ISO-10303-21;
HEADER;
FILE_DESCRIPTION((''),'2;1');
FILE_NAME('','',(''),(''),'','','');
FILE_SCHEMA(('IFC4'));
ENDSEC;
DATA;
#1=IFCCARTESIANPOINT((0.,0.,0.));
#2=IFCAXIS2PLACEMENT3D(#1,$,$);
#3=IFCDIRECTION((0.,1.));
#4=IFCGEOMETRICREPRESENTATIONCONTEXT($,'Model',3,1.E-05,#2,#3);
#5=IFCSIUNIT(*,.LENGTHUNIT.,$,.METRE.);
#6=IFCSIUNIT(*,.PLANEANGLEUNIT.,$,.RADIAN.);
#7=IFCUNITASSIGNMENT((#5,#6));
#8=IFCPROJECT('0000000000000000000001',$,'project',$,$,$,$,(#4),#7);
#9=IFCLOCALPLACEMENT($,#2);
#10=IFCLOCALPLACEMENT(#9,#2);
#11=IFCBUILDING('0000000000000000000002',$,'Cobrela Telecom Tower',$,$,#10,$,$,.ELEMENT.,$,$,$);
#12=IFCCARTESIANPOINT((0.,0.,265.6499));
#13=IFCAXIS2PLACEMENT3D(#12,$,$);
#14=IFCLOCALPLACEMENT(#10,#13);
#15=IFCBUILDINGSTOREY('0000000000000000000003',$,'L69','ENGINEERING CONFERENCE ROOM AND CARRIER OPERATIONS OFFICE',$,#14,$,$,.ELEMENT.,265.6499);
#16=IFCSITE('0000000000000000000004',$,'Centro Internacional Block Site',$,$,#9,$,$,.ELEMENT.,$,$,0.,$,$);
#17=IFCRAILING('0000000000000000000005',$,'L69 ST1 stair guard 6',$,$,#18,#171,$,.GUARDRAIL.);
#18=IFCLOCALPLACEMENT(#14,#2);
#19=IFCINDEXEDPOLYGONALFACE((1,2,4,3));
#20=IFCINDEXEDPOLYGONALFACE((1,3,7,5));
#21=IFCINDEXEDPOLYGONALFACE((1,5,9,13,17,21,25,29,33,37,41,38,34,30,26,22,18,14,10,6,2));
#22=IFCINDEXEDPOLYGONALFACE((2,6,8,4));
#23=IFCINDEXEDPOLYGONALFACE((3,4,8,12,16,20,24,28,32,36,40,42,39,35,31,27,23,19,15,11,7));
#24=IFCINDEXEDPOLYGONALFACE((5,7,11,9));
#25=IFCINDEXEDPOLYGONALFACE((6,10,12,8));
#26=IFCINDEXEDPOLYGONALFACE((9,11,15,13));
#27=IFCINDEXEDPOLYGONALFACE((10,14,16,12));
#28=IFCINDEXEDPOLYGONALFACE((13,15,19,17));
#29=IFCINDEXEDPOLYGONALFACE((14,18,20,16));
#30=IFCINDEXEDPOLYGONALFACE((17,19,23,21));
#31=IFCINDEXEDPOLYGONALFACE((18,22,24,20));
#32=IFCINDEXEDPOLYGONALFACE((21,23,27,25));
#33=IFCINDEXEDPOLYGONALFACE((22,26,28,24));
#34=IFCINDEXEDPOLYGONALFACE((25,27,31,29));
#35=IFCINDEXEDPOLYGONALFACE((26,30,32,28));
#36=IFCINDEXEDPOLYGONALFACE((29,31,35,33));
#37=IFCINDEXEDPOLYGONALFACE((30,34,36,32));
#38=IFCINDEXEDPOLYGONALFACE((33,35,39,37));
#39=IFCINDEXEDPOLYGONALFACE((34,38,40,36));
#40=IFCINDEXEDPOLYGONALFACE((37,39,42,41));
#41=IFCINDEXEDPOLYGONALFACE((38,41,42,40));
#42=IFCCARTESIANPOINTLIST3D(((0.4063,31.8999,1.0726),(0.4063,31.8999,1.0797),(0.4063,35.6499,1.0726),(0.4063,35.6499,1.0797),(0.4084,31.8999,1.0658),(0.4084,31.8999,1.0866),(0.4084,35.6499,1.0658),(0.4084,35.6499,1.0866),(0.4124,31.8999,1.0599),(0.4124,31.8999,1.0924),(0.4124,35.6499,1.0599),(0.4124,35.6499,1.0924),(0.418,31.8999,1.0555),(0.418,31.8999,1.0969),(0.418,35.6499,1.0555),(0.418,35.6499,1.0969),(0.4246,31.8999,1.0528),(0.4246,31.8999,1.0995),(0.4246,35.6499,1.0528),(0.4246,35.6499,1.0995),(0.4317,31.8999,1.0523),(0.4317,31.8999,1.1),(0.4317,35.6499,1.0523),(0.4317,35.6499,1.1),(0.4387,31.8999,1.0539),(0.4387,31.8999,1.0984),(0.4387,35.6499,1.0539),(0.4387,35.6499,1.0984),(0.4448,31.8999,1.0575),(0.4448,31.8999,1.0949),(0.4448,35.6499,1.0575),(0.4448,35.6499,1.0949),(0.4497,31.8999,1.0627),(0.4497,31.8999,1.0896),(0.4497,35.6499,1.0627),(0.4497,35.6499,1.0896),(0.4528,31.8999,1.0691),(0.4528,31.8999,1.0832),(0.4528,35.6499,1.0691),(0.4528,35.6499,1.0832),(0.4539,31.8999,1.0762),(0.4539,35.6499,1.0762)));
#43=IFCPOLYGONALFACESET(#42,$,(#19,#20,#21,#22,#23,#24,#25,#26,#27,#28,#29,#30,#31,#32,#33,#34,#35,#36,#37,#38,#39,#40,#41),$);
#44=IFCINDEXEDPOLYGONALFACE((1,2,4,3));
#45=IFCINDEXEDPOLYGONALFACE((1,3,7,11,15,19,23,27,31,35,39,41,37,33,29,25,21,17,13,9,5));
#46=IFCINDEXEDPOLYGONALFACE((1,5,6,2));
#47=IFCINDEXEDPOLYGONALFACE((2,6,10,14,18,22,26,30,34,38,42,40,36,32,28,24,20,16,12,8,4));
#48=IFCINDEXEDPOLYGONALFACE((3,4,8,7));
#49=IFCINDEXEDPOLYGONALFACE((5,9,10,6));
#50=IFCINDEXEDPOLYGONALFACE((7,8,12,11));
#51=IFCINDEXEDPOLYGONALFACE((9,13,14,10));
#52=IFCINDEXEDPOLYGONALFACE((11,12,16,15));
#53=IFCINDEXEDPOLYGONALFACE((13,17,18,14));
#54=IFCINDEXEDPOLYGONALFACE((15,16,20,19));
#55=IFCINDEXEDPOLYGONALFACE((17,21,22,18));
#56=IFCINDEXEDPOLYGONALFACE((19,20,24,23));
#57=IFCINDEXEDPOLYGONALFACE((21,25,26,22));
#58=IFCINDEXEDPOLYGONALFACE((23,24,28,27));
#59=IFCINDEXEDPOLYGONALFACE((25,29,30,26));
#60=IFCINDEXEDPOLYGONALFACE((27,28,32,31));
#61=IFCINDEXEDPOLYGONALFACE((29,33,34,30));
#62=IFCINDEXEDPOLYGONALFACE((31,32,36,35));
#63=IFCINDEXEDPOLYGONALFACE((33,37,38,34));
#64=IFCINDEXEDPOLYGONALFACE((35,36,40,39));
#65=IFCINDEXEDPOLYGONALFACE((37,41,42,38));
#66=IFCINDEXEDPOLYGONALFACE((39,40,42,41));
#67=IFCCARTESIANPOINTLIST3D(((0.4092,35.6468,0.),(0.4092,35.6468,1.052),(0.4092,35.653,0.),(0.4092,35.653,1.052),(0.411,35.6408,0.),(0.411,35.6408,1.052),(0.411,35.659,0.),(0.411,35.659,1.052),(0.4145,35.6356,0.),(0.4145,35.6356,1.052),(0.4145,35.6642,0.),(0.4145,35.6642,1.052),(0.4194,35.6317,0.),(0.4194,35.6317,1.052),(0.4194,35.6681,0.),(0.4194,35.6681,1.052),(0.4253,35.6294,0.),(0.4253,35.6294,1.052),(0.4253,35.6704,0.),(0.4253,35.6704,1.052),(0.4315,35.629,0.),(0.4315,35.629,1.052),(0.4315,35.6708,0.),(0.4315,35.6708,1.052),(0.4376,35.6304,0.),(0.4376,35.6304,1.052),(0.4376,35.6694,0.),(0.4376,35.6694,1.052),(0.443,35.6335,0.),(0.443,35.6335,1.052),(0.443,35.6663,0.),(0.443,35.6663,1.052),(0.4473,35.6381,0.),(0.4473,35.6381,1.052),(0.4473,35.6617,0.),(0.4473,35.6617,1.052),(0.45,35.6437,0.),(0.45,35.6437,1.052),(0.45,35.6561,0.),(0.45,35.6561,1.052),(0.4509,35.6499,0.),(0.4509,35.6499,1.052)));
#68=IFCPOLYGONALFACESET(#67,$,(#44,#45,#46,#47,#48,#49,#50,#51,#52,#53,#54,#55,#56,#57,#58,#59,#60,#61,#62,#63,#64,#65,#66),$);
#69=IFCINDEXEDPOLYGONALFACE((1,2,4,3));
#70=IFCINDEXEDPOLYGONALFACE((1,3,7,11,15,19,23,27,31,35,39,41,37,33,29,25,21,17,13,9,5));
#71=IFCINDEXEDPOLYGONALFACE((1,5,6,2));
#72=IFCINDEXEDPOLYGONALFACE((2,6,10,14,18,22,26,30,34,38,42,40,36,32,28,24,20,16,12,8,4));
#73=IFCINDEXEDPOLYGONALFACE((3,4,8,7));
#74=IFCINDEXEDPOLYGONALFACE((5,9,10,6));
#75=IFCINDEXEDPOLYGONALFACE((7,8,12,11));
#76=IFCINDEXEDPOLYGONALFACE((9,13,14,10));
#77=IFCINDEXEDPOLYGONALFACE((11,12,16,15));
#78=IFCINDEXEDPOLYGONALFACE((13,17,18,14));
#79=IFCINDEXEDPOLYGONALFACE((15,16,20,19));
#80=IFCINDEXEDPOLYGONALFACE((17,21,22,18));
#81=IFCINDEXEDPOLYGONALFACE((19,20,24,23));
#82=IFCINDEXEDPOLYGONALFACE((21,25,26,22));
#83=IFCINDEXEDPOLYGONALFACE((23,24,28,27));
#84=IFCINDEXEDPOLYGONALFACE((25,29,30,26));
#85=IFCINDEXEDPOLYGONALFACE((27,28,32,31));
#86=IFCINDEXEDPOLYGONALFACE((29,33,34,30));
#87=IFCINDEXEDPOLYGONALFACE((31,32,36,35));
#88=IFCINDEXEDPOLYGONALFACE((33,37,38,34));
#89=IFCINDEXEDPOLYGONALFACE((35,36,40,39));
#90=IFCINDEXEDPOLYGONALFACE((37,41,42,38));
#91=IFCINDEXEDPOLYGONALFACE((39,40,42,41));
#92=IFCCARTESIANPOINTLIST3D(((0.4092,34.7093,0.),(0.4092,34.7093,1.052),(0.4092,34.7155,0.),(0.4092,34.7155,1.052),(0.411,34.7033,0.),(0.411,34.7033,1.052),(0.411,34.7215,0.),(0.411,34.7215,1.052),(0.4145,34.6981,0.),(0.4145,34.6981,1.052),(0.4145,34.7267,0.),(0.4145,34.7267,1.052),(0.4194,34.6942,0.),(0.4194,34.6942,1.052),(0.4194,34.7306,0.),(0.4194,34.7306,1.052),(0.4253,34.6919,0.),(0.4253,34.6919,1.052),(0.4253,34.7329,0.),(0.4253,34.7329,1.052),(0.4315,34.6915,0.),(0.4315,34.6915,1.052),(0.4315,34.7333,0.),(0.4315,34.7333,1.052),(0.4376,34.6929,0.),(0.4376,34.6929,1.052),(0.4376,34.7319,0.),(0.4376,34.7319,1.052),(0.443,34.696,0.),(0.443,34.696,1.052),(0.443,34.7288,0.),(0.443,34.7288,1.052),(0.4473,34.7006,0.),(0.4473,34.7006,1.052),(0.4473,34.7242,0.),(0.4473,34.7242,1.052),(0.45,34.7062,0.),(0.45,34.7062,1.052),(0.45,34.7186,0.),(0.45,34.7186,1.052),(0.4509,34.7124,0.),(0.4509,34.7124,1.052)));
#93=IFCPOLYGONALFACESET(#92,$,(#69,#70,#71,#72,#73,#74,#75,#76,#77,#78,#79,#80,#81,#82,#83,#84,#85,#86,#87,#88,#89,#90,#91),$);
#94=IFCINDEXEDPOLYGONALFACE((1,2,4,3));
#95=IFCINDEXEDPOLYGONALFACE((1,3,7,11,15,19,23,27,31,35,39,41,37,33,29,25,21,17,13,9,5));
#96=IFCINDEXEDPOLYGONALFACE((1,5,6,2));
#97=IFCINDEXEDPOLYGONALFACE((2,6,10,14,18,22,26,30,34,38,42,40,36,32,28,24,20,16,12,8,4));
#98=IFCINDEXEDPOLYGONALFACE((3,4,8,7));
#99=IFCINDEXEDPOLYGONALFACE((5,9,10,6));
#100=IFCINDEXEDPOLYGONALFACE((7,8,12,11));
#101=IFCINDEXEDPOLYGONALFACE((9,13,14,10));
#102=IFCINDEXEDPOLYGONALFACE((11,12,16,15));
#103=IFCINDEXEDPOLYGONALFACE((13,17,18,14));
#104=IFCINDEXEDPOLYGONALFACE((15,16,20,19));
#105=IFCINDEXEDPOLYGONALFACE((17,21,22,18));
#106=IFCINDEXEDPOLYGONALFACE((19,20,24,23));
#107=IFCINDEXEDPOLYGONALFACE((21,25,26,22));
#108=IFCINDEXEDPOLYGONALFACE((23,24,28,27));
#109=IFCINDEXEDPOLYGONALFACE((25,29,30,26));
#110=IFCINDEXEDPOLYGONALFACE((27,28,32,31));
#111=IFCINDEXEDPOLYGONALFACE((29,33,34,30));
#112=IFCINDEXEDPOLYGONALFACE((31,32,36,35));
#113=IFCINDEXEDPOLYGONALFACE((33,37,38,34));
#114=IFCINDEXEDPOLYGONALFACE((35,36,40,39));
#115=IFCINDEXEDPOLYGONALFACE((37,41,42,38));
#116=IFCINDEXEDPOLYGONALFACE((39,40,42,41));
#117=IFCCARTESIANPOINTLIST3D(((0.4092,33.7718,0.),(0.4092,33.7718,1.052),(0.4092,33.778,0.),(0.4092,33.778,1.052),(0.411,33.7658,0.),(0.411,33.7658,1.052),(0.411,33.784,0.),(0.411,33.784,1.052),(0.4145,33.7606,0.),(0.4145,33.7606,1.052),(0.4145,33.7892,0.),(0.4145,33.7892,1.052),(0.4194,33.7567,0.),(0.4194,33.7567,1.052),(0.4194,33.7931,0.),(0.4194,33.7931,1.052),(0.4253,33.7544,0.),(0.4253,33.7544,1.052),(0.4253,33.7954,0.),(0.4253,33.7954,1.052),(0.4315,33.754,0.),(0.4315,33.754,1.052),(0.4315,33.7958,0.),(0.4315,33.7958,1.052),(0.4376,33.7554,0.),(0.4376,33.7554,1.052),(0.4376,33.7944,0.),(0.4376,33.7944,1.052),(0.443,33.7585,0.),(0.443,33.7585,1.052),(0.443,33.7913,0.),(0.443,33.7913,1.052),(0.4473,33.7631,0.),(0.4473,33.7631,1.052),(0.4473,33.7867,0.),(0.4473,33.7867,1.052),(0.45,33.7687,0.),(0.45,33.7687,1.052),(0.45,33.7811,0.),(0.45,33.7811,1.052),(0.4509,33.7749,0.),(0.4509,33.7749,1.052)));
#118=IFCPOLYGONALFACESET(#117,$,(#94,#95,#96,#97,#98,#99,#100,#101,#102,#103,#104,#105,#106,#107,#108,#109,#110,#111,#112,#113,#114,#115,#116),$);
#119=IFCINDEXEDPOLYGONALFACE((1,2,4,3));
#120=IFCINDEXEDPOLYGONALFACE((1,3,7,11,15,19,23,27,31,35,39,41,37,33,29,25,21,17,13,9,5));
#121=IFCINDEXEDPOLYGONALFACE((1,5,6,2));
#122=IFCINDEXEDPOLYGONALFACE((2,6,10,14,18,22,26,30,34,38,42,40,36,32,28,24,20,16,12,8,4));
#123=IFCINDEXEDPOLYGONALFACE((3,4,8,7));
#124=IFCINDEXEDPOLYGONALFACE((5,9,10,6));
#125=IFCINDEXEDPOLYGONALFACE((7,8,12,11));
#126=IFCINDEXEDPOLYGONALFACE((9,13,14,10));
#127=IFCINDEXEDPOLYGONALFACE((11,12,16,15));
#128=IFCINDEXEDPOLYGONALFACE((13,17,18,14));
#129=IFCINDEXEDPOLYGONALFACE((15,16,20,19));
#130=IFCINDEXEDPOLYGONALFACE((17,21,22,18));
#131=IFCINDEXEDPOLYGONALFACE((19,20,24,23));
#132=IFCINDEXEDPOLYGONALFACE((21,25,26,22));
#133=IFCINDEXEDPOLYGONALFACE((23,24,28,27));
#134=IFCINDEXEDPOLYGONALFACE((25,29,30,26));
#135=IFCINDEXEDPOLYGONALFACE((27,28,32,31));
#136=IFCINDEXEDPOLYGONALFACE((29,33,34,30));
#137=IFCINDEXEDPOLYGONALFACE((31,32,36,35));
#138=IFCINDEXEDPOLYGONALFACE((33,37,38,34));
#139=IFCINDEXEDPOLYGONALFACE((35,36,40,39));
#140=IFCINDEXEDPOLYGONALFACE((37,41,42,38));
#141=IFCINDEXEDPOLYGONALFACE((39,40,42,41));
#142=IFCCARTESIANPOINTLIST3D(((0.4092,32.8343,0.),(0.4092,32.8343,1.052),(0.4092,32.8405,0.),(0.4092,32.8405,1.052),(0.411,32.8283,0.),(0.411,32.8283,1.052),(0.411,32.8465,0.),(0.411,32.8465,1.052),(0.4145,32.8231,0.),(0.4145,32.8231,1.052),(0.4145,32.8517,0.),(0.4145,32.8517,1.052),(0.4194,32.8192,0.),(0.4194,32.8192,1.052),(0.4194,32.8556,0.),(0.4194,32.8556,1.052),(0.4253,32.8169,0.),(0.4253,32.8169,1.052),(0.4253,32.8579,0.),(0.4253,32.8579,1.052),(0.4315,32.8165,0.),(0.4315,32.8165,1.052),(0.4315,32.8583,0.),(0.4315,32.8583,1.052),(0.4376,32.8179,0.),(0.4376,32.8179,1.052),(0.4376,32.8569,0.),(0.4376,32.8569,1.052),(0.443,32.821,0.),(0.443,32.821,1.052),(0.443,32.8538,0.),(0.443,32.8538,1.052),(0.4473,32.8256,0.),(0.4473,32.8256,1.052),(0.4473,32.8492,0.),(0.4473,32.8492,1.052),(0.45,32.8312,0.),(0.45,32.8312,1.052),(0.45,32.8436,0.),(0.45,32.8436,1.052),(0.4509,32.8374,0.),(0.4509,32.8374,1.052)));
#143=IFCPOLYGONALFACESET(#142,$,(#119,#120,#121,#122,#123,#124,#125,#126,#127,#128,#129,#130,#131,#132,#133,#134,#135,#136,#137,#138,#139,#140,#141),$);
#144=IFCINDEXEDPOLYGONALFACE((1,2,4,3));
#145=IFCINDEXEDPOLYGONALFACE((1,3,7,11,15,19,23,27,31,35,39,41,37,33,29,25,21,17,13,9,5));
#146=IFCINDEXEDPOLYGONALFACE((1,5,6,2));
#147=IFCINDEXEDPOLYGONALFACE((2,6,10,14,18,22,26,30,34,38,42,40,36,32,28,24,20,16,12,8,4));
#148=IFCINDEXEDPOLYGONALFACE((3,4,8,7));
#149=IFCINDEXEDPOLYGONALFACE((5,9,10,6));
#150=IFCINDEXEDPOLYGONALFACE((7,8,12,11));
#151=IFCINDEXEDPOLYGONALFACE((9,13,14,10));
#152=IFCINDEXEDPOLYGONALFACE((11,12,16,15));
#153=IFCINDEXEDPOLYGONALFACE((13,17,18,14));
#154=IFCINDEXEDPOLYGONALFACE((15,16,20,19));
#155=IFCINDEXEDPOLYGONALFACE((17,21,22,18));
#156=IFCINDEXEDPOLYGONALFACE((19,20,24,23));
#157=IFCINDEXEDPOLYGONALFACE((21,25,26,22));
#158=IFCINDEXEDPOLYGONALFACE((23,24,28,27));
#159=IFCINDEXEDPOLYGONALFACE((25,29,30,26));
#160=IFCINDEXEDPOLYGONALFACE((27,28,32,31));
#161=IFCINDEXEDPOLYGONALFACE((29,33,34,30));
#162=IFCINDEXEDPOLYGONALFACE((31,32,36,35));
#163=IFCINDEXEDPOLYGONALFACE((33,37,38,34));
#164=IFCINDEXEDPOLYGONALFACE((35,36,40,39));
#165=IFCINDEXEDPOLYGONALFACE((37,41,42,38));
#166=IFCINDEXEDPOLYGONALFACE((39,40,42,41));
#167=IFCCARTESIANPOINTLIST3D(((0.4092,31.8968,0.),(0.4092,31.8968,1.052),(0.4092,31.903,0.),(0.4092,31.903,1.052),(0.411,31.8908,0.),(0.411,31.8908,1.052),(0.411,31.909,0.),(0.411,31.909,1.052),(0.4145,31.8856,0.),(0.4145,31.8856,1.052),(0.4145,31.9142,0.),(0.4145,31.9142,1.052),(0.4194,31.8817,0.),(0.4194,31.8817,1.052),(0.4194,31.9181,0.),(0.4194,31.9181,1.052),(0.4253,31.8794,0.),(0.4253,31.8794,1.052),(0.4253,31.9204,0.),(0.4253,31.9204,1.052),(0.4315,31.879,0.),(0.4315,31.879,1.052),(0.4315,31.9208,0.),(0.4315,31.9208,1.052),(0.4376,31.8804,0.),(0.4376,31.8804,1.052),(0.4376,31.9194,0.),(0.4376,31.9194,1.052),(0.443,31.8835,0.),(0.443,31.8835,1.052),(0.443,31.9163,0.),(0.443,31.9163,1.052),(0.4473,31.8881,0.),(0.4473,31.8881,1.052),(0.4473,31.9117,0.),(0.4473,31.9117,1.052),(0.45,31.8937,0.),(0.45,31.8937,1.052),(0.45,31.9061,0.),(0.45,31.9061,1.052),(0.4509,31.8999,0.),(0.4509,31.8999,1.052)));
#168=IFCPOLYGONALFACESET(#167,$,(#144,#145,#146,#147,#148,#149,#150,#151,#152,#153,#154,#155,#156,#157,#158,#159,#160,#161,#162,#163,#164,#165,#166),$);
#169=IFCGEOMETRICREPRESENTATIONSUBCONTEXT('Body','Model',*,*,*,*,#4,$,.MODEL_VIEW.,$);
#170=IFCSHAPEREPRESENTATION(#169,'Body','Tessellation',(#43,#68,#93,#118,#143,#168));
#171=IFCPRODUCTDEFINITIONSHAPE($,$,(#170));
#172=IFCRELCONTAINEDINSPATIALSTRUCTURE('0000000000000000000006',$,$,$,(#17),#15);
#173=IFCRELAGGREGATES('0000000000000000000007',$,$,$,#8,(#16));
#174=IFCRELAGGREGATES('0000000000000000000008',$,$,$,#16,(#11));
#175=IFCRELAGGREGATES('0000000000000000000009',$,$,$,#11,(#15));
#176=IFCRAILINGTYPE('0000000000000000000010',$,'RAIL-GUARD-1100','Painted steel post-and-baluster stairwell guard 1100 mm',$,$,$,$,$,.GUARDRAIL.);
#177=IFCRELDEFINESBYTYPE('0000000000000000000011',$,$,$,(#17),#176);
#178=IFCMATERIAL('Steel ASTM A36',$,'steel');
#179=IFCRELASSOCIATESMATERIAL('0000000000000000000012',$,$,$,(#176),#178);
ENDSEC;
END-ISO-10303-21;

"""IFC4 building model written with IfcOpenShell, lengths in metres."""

from ifc_helpers import new_model, si_unit, direction, frame, origin, origin_2d, place, context, subcontext, project, spatial, circle, extrude, material, type_object, element, save


model = new_model("IFC4")

# Units and contexts
model_context = context("Model", 3, precision=1e-05, world=origin(), true_north=direction((0.0, 1.0)))
body_context = subcontext(model_context, "Body", "Model", "MODEL_VIEW")
ifc_project = project(units=[si_unit("LENGTHUNIT", "METRE"), si_unit("PLANEANGLEUNIT", "RADIAN")], contexts=[model_context])

# Site, building, storey
site_placement = place(None, origin())
site = spatial("IfcSite", under=ifc_project, at=site_placement, Name="Centro Internacional Block Site", CompositionType="ELEMENT", RefElevation=0.0)
building_placement = place(site_placement, origin())
building = spatial("IfcBuilding", under=site, at=building_placement, Name="Cobrela Telecom Tower", CompositionType="ELEMENT")
storey_placement = place(building_placement, frame((0.0, 0.0, 265.6499)))
storey = spatial("IfcBuildingStorey", under=building, at=storey_placement, Name="L69", Description="ENGINEERING CONFERENCE ROOM AND CARRIER OPERATIONS OFFICE", CompositionType="ELEMENT", Elevation=265.6499)

# Shared definitions
ifc_material_1 = material(Name="Steel ASTM A36", Category="steel")

# Railing
railing_type_1 = type_object("IfcRailingType", Name="RAIL-GUARD-1100", Description="Painted steel post-and-baluster stairwell guard 1100 mm", PredefinedType="GUARDRAIL", material=ifc_material_1)
railing_1_placement = place(storey_placement, frame((0.4299, 35.6499, 0.0)))
element("IfcRailing", 1, at=railing_1_placement, inside=storey, type_object=railing_type_1, Name="L69 ST1 stair guard 6", PredefinedType="GUARDRAIL", context=body_context, shape_type="SweptSolid", body=[
    extrude(circle(Radius=0.0239, at=origin_2d()), frame((0.0, 0.0, 1.0762), z_axis=(0.0, -1.0, 0.0), x_axis=(1.0, 0.0, 0.0)), (0.0, 0.0, 1.0), 3.75),
    extrude(circle(Radius=0.021, at=origin_2d()), origin(), (0.0, 0.0, 1.0), 1.052),
    extrude(circle(Radius=0.021, at=origin_2d()), frame((0.0, -0.9375, 0.0)), (0.0, 0.0, 1.0), 1.052),
    extrude(circle(Radius=0.021, at=origin_2d()), frame((0.0, -1.875, 0.0)), (0.0, 0.0, 1.0), 1.052),
    extrude(circle(Radius=0.021, at=origin_2d()), frame((0.0, -2.8125, 0.0)), (0.0, 0.0, 1.0), 1.052),
    extrude(circle(Radius=0.021, at=origin_2d()), frame((0.0, -3.75, 0.0)), (0.0, 0.0, 1.0), 1.052),
])

save(model, "model.ifc")
